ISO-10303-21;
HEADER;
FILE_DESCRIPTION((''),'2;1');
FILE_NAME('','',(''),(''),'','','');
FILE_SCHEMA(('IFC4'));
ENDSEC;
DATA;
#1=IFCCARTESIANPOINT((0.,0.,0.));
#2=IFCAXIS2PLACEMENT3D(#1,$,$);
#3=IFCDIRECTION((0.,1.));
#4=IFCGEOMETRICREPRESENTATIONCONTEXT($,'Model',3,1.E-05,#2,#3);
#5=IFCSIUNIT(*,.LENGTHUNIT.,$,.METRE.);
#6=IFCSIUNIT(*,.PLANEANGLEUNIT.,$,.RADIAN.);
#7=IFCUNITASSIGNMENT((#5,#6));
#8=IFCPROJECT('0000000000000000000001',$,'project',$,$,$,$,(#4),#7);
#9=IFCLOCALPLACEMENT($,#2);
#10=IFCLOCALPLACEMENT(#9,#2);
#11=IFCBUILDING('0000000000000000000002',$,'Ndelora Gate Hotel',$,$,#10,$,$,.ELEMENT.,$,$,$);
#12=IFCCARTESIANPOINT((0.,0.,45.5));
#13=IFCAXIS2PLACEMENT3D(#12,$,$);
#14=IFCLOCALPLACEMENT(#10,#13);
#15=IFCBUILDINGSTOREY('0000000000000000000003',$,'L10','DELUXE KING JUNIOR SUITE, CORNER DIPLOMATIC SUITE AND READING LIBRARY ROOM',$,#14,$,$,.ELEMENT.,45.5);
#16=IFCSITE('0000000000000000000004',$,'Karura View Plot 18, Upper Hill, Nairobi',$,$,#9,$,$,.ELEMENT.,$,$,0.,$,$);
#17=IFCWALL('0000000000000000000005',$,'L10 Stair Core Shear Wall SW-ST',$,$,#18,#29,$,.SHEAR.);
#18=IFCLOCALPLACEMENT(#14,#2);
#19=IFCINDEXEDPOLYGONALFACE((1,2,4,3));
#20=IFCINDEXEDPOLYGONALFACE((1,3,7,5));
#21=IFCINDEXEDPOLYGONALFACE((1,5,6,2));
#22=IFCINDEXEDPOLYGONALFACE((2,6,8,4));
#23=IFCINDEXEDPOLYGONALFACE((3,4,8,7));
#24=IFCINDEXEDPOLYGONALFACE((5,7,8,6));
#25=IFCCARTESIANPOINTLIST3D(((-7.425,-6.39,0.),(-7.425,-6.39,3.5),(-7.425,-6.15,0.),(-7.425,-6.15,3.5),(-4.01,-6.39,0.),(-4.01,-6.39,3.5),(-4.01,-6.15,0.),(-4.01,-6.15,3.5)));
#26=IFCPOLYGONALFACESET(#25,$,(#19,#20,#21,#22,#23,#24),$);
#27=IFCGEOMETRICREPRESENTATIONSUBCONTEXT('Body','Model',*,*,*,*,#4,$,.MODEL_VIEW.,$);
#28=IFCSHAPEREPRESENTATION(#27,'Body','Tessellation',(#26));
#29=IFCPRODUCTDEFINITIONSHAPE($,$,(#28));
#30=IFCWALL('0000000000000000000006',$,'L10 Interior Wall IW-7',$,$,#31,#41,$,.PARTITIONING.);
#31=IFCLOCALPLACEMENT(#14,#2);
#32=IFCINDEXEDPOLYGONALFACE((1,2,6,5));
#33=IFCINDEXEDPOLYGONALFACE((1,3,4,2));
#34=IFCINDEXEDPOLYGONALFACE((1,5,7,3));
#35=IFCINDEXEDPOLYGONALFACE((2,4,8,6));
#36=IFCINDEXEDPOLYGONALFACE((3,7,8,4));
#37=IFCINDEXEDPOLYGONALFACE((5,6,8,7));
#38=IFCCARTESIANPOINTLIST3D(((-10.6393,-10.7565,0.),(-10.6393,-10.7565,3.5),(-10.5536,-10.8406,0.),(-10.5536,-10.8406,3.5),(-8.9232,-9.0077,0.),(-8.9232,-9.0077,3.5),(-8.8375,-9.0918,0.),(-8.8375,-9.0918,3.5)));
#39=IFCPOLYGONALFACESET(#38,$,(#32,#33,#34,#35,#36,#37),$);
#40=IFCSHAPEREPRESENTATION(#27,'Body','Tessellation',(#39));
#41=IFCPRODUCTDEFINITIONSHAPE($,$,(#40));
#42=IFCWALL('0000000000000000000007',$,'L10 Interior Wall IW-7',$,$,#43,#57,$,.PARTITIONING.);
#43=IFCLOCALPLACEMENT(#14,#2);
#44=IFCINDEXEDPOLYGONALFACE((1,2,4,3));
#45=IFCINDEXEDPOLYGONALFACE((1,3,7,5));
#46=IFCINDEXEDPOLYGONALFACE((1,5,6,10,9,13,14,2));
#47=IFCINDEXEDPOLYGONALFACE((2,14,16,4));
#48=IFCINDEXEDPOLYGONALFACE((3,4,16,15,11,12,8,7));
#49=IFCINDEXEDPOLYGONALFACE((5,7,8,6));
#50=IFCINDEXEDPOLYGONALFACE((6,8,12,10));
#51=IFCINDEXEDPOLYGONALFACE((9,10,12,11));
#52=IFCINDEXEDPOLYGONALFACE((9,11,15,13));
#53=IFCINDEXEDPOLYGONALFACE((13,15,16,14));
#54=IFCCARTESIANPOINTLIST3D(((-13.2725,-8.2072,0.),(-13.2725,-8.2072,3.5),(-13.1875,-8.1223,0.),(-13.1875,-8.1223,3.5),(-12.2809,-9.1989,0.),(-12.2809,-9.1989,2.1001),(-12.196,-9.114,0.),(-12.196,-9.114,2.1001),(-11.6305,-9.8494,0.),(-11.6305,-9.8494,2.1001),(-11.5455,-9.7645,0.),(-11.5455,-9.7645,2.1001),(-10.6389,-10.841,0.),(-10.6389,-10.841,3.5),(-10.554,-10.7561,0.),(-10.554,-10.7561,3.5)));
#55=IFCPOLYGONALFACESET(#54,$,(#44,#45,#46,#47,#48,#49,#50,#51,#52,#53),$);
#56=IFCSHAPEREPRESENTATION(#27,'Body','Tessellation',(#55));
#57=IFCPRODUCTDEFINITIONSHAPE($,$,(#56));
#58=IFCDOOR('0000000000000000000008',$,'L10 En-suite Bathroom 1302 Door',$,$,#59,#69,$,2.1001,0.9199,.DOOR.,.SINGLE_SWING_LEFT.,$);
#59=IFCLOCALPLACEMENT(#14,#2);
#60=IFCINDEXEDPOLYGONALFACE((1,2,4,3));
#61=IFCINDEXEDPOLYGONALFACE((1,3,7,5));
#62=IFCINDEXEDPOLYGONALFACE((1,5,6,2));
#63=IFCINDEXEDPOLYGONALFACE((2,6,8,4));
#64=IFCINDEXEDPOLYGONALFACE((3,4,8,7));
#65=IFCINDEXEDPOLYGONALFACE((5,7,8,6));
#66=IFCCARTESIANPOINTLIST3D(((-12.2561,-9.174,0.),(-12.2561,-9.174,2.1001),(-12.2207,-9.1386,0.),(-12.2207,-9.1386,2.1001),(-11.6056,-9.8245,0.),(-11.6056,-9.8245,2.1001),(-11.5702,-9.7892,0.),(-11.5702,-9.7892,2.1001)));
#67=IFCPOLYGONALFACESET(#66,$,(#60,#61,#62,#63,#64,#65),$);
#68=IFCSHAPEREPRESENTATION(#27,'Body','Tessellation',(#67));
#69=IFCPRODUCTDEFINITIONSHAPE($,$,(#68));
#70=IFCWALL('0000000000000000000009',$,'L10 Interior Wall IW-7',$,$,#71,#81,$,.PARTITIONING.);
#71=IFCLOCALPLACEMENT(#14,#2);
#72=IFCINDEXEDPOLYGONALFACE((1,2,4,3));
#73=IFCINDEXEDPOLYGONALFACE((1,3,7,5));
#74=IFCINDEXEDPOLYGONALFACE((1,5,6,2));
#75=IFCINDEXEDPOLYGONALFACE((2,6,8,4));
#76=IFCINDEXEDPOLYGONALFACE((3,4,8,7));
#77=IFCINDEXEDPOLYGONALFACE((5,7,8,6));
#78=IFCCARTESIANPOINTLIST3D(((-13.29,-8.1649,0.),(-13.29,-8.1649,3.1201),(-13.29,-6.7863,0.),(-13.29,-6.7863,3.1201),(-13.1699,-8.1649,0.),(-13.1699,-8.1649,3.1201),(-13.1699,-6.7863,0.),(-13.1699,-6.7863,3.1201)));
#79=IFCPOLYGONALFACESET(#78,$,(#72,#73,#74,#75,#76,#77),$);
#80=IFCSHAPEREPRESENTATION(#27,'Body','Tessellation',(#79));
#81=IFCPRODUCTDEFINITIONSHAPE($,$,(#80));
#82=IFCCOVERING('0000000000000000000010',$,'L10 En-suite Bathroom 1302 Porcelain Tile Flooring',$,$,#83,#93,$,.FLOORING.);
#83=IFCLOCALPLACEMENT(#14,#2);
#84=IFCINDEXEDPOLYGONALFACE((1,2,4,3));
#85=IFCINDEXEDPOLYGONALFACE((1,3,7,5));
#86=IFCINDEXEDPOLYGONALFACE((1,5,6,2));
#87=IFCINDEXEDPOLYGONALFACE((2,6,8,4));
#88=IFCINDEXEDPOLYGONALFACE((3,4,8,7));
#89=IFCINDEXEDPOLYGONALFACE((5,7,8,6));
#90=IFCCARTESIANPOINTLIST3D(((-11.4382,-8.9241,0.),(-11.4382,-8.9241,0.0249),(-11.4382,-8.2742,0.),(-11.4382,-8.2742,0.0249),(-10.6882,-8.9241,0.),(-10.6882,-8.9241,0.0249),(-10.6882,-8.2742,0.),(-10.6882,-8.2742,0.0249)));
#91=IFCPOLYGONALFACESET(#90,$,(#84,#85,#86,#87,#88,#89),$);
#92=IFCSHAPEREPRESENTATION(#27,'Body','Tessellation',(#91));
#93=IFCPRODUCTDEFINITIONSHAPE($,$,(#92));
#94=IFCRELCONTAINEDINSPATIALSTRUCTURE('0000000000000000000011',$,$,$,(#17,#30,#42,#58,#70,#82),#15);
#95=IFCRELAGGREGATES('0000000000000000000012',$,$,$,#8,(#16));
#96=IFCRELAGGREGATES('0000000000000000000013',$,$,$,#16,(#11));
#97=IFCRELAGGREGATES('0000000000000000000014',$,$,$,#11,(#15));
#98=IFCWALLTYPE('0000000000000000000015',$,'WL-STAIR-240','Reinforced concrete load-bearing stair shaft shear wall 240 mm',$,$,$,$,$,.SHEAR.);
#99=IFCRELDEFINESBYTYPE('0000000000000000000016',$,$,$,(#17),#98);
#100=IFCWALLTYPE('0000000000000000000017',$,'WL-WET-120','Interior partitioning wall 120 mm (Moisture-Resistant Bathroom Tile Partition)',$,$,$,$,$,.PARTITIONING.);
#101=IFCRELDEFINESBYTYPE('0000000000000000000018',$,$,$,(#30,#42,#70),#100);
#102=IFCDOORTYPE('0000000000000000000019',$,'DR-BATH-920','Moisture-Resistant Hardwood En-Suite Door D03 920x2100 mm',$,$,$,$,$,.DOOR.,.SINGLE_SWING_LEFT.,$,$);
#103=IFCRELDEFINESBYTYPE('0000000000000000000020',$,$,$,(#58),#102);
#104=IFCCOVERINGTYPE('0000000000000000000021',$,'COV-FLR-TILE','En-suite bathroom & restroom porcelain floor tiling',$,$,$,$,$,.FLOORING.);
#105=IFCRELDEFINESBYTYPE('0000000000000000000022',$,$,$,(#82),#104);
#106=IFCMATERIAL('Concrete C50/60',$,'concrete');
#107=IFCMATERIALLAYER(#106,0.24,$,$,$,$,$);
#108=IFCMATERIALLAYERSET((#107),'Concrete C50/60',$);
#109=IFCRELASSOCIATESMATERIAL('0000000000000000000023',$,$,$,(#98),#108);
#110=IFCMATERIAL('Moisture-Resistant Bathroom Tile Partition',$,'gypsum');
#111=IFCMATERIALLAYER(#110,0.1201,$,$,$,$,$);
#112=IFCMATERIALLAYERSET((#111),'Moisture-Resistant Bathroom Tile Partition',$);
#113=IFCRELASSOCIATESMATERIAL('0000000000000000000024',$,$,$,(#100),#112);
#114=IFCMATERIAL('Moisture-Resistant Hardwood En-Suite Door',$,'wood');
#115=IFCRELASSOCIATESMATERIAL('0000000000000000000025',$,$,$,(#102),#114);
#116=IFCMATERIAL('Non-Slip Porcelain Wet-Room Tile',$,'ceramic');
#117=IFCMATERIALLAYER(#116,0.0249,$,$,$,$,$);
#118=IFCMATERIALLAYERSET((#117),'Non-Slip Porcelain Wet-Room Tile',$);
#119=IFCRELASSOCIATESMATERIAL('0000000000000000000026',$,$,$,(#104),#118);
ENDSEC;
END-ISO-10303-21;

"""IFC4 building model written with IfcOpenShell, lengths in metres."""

from ifc_helpers import new_model, si_unit, direction, frame, frame_2d, origin, origin_2d, place, context, subcontext, project, spatial, rectangle, extrude, material, layer, layer_set, type_object, element, fill, save


model = new_model("IFC4")

# Units and contexts
model_context = context("Model", 3, precision=1e-05, world=origin(), true_north=direction((0.0, 1.0)))
body_context = subcontext(model_context, "Body", "Model", "MODEL_VIEW")
ifc_project = project(units=[si_unit("LENGTHUNIT", "METRE"), si_unit("PLANEANGLEUNIT", "RADIAN")], contexts=[model_context])

# Site, building, storey
site_placement = place(None, origin())
site = spatial("IfcSite", under=ifc_project, at=site_placement, Name="Karura View Plot 18, Upper Hill, Nairobi", CompositionType="ELEMENT", RefElevation=0.0)
building_placement = place(site_placement, origin())
building = spatial("IfcBuilding", under=site, at=building_placement, Name="Ndelora Gate Hotel", CompositionType="ELEMENT")
storey_placement = place(building_placement, frame((0.0, 0.0, 45.5)))
storey = spatial("IfcBuildingStorey", under=building, at=storey_placement, Name="L10", Description="DELUXE KING JUNIOR SUITE, CORNER DIPLOMATIC SUITE AND READING LIBRARY ROOM", CompositionType="ELEMENT", Elevation=45.5)

# Walls
ifc_material_1 = material(Name="Concrete C50/60", Category="concrete")
ifc_layer_1 = layer(ifc_material_1, 0.24)
ifc_layer_set_1 = layer_set([ifc_layer_1], Name="Concrete C50/60")
wall_type_1 = type_object("IfcWallType", Name="WL-STAIR-240", Description="Reinforced concrete load-bearing stair shaft shear wall 240 mm", PredefinedType="SHEAR", material=ifc_layer_set_1)
wall_1_placement = place(storey_placement, frame((-7.425, -6.27, 0.0), z_axis=(0.0, 0.0, 1.0), x_axis=(1.0, 0.0, 0.0)))
element("IfcWall", 1, at=wall_1_placement, inside=storey, type_object=wall_type_1, Name="L10 Stair Core Shear Wall SW-ST", PredefinedType="SHEAR", context=body_context, shape_type="SweptSolid", body=[
    extrude(rectangle(XDim=3.415, YDim=0.24, at=frame_2d((1.7075, 0.0))), origin(), (0.0, 0.0, 1.0), 3.5),
])
ifc_material_2 = material(Name="Moisture-Resistant Bathroom Tile Partition", Category="gypsum")
ifc_layer_2 = layer(ifc_material_2, 0.1201)
ifc_layer_set_2 = layer_set([ifc_layer_2], Name="Moisture-Resistant Bathroom Tile Partition")
wall_type_2 = type_object("IfcWallType", Name="WL-WET-120", Description="Interior partitioning wall 120 mm (Moisture-Resistant Bathroom Tile Partition)", PredefinedType="PARTITIONING", material=ifc_layer_set_2)
wall_2_placement = place(storey_placement, frame((-10.5964, -10.7986, 0.0), z_axis=(0.0, 0.0, 1.0), x_axis=(0.700399, 0.713751, 0.0)))
element("IfcWall", 2, at=wall_2_placement, inside=storey, type_object=wall_type_2, Name="L10 Interior Wall IW-7", PredefinedType="PARTITIONING", context=body_context, shape_type="SweptSolid", body=[
    extrude(rectangle(XDim=2.4502, YDim=0.1201, at=frame_2d((1.2251, 0.0))), origin(), (0.0, 0.0, 1.0), 3.5),
])

# Wall, opening, door
wall_3_placement = place(storey_placement, frame((-10.5964, -10.7986, 0.0), z_axis=(0.0, 0.0, 1.0), x_axis=(-0.707074, 0.70714, 0.0)))
wall_3 = element("IfcWall", 3, at=wall_3_placement, inside=storey, type_object=wall_type_2, Name="L10 Interior Wall IW-7", PredefinedType="PARTITIONING", context=body_context, shape_type="SweptSolid", body=[
    extrude(rectangle(XDim=3.7246, YDim=0.1201, at=frame_2d((1.8623, 0.0))), origin(), (0.0, 0.0, 1.0), 3.5),
])
opening_1_placement = place(wall_3_placement, frame((1.4023, 0.0, 0.0)))
opening_1 = element("IfcOpeningElement", 4, at=opening_1_placement, cuts=wall_3, PredefinedType="OPENING", context=body_context, shape_type="SweptSolid", body=[
    extrude(rectangle(XDim=0.9199, YDim=2.1001, at=frame_2d((0.46, 1.05))), frame((0.0, 0.0701, 0.0), z_axis=(0.0, -1.0, 0.0), x_axis=(1.0, 0.0, 0.0)), (0.0, 0.0, 1.0), 0.1401),
])
ifc_material_3 = material(Name="Moisture-Resistant Hardwood En-Suite Door", Category="wood")
door_type_1 = type_object("IfcDoorType", Name="DR-BATH-920", Description="Moisture-Resistant Hardwood En-Suite Door D03 920x2100 mm", OperationType="SINGLE_SWING_LEFT", PredefinedType="DOOR", material=ifc_material_3)
door_1_placement = place(opening_1_placement, origin())
door_1 = element("IfcDoor", 5, at=door_1_placement, inside=storey, type_object=door_type_1, Name="L10 En-suite Bathroom 1302 Door", OperationType="SINGLE_SWING_LEFT", OverallHeight=2.1001, OverallWidth=0.9199, PredefinedType="DOOR", context=body_context, shape_type="SweptSolid", body=[
    extrude(rectangle(XDim=0.9199, YDim=2.1001, at=frame_2d((0.46, 1.05))), frame((0.0, 0.0249, 0.0), z_axis=(0.0, -1.0, 0.0), x_axis=(1.0, 0.0, 0.0)), (0.0, 0.0, 1.0), 0.05),
])
fill(opening_1, door_1)

# Wall
wall_4_placement = place(storey_placement, frame((-13.23, -6.7861, 0.0), z_axis=(0.0, 0.0, 1.0), x_axis=(0.0, -1.0, 0.0)))
element("IfcWall", 6, at=wall_4_placement, inside=storey, type_object=wall_type_2, Name="L10 Interior Wall IW-7", PredefinedType="PARTITIONING", context=body_context, shape_type="SweptSolid", body=[
    extrude(rectangle(XDim=1.3787, YDim=0.1201, at=frame_2d((0.6895, 0.0))), origin(), (0.0, 0.0, 1.0), 3.1201),
])

# Covering
ifc_material_4 = material(Name="Non-Slip Porcelain Wet-Room Tile", Category="ceramic")
ifc_layer_3 = layer(ifc_material_4, 0.0249)
ifc_layer_set_3 = layer_set([ifc_layer_3], Name="Non-Slip Porcelain Wet-Room Tile")
covering_type = type_object("IfcCoveringType", Name="COV-FLR-TILE", Description="En-suite bathroom & restroom porcelain floor tiling", PredefinedType="FLOORING", material=ifc_layer_set_3)
covering_placement = place(storey_placement, frame((-11.0632, -8.5991, 0.0), z_axis=(0.0, 0.0, 1.0), x_axis=(1.0, 0.0, 0.0)))
element("IfcCovering", 7, at=covering_placement, inside=storey, type_object=covering_type, Name="L10 En-suite Bathroom 1302 Porcelain Tile Flooring", PredefinedType="FLOORING", context=body_context, shape_type="SweptSolid", body=[
    extrude(rectangle(XDim=0.75, YDim=0.6499, at=origin_2d()), origin(), (0.0, 0.0, 1.0), 0.0249),
])

save(model, "model.ifc")
